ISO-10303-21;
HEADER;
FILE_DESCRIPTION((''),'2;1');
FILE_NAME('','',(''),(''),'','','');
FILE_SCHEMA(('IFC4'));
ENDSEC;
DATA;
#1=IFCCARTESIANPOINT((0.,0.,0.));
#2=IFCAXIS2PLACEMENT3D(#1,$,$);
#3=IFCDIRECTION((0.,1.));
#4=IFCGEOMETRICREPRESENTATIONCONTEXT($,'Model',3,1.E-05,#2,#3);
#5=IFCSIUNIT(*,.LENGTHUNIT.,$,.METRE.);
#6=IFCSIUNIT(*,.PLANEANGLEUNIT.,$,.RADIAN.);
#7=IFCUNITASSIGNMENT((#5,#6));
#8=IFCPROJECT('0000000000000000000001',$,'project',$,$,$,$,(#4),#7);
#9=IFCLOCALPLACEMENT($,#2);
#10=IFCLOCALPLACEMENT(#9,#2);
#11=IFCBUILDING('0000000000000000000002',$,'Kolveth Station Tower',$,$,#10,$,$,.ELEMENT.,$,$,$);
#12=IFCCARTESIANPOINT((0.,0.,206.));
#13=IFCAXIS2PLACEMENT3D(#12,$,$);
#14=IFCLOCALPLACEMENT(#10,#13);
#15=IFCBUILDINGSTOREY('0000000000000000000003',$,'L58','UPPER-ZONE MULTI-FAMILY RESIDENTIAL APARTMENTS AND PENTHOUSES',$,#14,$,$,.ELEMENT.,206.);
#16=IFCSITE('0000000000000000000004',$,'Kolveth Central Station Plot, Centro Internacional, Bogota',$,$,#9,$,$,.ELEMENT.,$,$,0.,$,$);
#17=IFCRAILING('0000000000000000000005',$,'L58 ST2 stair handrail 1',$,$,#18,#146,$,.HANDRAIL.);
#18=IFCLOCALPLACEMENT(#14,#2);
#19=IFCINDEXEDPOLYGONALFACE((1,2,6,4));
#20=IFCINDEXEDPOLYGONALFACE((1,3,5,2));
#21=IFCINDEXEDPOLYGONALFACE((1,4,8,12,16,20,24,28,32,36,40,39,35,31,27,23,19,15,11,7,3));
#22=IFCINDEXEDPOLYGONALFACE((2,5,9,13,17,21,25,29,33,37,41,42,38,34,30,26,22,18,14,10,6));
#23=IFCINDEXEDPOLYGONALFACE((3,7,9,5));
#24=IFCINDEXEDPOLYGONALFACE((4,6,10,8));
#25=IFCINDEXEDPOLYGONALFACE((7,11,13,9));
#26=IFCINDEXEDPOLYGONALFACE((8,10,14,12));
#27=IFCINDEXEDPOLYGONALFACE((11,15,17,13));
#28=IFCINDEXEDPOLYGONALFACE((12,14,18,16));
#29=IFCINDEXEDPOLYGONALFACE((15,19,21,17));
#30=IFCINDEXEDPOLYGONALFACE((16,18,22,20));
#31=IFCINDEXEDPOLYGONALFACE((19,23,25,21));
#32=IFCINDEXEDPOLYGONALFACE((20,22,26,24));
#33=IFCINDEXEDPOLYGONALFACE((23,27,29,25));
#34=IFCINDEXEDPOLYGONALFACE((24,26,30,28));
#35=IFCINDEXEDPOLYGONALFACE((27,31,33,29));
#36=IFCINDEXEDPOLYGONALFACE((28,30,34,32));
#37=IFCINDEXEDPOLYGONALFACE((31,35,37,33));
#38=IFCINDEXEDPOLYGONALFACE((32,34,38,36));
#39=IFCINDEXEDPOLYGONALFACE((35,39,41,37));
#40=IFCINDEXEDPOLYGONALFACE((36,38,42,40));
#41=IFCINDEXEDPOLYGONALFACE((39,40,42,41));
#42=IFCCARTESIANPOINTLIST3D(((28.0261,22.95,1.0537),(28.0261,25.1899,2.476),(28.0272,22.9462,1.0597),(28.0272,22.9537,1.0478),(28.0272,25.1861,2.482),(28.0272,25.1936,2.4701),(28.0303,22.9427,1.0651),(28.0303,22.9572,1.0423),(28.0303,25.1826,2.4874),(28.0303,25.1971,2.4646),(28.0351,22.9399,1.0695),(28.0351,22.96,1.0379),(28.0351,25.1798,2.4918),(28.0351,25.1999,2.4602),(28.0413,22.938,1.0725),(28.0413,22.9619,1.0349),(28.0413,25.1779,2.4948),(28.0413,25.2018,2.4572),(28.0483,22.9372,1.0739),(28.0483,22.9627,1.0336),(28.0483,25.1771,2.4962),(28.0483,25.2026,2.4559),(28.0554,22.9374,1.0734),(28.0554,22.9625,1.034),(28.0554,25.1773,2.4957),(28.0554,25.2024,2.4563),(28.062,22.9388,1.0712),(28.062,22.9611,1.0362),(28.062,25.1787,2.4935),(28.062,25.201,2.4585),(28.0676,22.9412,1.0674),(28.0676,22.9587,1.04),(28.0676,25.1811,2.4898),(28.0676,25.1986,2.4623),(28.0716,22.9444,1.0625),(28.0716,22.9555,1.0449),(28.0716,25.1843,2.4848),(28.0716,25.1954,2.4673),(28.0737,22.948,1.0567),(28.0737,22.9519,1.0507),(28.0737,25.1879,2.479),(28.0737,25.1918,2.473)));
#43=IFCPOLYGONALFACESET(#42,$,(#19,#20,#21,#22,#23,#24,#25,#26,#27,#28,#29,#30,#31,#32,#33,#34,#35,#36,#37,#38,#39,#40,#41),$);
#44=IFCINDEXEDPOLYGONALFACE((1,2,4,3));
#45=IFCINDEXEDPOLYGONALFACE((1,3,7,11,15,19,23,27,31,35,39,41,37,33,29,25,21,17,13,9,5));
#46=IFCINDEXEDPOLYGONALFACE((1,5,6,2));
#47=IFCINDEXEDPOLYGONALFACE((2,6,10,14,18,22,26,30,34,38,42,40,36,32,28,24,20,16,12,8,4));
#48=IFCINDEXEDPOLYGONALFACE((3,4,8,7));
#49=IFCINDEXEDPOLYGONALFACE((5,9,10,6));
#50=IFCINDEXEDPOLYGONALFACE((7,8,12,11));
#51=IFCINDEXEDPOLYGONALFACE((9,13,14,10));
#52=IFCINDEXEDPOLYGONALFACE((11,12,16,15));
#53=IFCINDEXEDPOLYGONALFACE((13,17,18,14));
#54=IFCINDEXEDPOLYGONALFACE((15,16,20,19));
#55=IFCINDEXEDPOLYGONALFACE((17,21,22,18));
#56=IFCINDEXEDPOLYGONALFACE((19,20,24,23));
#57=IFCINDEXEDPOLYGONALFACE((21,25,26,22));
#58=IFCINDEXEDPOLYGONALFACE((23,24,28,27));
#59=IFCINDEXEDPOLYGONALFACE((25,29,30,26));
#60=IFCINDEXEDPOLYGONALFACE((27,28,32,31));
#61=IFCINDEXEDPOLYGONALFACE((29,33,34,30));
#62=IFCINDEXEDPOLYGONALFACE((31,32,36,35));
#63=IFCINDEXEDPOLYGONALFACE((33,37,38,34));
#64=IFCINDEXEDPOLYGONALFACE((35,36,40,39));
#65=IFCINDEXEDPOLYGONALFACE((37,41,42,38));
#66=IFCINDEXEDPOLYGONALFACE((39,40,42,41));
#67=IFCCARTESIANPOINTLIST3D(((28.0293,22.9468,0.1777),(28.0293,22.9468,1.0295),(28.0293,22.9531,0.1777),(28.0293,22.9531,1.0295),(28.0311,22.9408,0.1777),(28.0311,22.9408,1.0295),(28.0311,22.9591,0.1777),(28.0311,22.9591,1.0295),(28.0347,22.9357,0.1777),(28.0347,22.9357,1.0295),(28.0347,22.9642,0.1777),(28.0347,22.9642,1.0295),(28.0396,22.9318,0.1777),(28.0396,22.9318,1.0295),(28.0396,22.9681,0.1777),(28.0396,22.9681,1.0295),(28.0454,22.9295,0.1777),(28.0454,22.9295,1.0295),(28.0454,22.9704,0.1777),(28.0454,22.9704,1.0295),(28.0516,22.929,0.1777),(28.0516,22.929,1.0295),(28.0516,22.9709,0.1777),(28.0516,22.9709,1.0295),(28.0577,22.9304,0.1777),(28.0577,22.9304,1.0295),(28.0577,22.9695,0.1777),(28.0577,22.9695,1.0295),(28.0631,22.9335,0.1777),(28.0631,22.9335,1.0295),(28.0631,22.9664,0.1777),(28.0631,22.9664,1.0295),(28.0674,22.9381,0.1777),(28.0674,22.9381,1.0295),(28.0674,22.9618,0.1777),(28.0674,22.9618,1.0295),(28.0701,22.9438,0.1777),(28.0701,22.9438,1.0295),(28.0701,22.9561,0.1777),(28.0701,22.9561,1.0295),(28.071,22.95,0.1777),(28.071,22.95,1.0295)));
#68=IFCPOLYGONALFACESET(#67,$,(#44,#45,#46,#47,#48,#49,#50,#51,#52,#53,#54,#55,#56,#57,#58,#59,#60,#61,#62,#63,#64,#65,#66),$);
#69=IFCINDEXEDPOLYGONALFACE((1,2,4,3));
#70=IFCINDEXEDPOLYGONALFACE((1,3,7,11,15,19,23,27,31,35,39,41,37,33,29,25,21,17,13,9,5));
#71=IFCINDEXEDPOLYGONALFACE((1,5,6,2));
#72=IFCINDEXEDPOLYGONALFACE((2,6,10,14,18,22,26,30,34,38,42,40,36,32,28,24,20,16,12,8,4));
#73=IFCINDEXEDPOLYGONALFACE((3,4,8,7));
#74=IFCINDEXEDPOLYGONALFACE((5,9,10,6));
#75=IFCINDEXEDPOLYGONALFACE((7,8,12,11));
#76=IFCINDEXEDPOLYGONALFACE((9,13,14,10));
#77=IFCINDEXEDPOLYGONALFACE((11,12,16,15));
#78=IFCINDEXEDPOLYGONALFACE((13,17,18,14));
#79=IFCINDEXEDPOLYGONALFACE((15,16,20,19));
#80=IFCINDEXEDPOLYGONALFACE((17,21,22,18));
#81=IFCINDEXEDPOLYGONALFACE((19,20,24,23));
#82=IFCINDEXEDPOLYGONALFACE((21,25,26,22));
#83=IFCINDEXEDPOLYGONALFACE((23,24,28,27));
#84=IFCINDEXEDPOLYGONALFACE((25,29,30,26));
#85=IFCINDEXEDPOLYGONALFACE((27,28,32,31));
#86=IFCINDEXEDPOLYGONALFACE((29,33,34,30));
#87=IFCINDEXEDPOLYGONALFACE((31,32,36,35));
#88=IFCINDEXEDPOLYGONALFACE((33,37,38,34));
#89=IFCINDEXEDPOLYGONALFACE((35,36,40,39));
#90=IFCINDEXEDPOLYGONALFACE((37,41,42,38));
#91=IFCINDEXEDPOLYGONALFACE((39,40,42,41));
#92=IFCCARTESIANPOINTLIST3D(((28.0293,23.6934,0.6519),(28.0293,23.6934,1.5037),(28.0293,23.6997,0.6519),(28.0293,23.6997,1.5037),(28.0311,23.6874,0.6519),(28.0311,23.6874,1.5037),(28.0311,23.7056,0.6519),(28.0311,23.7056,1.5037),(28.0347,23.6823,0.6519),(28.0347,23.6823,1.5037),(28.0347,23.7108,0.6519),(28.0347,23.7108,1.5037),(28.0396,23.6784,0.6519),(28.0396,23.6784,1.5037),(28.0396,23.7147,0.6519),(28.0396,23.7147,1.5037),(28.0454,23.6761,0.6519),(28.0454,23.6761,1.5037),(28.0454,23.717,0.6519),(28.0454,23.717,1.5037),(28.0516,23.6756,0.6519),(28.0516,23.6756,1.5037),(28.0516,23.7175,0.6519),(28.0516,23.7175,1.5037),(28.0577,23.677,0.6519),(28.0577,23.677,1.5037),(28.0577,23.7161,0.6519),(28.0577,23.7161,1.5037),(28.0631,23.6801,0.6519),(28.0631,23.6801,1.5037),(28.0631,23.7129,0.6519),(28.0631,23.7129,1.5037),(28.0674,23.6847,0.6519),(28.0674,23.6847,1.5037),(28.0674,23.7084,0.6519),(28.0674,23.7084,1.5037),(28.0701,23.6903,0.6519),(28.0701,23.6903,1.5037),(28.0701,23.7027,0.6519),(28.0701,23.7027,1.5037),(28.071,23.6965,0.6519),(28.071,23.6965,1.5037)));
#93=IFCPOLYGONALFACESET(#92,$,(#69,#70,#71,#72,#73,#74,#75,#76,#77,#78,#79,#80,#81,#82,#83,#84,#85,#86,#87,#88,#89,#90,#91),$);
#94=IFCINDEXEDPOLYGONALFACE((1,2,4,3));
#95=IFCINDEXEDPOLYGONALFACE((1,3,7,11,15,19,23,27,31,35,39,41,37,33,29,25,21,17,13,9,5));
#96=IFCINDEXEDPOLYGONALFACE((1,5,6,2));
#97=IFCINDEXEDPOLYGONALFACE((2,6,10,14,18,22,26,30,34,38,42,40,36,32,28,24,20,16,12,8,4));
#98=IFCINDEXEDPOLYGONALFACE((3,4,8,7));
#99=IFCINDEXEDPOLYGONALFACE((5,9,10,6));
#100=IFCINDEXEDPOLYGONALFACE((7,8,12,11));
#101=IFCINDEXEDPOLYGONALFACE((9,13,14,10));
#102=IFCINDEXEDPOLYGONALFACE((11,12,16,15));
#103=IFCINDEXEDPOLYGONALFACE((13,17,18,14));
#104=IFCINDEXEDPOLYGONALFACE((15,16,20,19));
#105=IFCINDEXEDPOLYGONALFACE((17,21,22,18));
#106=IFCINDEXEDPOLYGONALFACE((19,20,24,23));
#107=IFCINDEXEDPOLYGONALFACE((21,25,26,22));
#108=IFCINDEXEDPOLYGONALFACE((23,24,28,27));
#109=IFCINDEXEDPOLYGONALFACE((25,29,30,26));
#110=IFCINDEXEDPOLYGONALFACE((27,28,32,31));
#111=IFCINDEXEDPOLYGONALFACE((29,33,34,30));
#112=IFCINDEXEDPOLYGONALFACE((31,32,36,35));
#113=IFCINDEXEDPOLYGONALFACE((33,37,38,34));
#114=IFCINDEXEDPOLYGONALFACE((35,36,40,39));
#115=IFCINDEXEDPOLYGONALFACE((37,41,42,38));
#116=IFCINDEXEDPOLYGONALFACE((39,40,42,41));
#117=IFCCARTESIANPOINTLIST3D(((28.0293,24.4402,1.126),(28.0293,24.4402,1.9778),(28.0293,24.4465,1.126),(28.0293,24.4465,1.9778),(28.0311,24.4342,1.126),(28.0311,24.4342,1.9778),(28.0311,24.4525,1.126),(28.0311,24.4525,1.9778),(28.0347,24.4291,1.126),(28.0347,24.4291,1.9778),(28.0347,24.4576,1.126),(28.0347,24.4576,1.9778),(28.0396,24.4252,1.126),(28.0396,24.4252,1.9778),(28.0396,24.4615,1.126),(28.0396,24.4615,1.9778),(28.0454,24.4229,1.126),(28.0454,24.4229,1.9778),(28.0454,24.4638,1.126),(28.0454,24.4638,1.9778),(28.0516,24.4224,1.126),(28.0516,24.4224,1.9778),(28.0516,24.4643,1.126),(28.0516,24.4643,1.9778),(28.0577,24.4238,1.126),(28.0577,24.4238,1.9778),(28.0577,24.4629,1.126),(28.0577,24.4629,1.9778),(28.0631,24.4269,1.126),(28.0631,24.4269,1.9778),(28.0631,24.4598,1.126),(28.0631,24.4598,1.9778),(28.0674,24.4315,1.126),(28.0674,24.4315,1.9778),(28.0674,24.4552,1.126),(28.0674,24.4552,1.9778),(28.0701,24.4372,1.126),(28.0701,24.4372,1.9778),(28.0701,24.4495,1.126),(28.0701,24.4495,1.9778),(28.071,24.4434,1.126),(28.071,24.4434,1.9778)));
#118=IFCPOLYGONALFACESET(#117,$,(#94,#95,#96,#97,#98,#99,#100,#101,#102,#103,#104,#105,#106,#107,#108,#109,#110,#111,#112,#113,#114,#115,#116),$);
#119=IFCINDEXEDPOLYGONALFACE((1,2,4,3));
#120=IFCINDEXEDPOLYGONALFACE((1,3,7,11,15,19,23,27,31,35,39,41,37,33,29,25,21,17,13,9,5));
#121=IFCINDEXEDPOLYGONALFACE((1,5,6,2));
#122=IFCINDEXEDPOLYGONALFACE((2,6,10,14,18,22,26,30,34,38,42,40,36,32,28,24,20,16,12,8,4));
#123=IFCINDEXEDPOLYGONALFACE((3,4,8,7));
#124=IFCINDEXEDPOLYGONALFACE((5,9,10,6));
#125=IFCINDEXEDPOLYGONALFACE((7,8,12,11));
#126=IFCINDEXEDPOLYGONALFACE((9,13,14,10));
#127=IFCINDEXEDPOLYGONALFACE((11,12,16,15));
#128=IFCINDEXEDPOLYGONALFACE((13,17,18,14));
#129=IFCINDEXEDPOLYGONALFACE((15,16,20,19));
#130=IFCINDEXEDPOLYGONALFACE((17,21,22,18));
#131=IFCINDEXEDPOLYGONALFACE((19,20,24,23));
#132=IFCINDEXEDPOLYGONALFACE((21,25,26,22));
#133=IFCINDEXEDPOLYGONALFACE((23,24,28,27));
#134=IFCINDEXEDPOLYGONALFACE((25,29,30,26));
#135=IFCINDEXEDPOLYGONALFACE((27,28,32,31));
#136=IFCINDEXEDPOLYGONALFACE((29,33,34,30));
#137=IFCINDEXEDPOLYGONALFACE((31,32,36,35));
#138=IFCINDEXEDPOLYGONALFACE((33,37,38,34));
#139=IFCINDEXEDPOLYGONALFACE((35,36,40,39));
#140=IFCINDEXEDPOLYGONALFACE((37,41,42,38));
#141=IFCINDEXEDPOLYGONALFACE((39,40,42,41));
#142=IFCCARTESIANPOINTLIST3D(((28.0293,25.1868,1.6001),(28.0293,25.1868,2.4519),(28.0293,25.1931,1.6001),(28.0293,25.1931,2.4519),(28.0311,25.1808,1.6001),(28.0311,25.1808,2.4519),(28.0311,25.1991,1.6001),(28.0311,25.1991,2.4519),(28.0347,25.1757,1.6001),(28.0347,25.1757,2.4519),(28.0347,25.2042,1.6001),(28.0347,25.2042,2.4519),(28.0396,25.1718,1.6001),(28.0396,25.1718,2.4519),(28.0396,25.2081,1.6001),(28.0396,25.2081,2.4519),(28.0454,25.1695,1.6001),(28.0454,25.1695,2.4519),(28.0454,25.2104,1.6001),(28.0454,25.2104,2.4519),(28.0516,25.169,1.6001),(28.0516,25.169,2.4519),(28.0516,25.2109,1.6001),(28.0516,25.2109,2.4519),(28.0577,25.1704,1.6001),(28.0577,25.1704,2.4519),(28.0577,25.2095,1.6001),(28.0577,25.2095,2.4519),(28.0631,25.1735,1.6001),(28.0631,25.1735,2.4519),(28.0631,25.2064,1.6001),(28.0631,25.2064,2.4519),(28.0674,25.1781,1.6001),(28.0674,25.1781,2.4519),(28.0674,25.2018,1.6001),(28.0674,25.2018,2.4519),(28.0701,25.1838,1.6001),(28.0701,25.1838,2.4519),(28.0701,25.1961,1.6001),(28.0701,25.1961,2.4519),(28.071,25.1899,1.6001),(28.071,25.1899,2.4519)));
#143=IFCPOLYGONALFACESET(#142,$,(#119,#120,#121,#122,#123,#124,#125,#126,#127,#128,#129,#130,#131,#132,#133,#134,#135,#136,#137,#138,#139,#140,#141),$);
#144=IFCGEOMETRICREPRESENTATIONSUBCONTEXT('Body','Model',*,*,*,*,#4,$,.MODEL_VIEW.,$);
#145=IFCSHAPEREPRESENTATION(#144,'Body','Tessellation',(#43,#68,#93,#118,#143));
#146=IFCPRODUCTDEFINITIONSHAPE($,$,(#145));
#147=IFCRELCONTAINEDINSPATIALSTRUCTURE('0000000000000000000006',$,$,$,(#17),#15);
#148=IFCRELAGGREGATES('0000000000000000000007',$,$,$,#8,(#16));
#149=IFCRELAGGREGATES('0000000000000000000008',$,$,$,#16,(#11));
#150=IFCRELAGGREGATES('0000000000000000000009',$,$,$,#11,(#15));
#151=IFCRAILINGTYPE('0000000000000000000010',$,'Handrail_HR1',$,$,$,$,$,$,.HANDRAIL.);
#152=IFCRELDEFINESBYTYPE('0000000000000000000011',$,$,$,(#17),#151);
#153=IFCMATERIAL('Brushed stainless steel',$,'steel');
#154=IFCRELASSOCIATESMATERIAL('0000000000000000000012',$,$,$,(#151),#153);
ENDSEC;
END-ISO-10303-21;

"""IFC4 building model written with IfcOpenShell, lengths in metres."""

from ifc_helpers import new_model, si_unit, direction, frame, origin, origin_2d, place, context, subcontext, project, spatial, circle, extrude, material, type_object, element, save


model = new_model("IFC4")

# Units and contexts
model_context = context("Model", 3, precision=1e-05, world=origin(), true_north=direction((0.0, 1.0)))
body_context = subcontext(model_context, "Body", "Model", "MODEL_VIEW")
ifc_project = project(units=[si_unit("LENGTHUNIT", "METRE"), si_unit("PLANEANGLEUNIT", "RADIAN")], contexts=[model_context])

# Site, building, storey
site_placement = place(None, origin())
site = spatial("IfcSite", under=ifc_project, at=site_placement, Name="Kolveth Central Station Plot, Centro Internacional, Bogota", CompositionType="ELEMENT", RefElevation=0.0)
building_placement = place(site_placement, origin())
building = spatial("IfcBuilding", under=site, at=building_placement, Name="Kolveth Station Tower", CompositionType="ELEMENT")
storey_placement = place(building_placement, frame((0.0, 0.0, 206.0)))
storey = spatial("IfcBuildingStorey", under=building, at=storey_placement, Name="L58", Description="UPPER-ZONE MULTI-FAMILY RESIDENTIAL APARTMENTS AND PENTHOUSES", CompositionType="ELEMENT", Elevation=206.0)

# Railing
ifc_material_1 = material(Name="Brushed stainless steel", Category="steel")
railing_type_1 = type_object("IfcRailingType", Name="Handrail_HR1", PredefinedType="HANDRAIL", material=ifc_material_1)
railing_1_placement = place(storey_placement, frame((28.05, 22.95, 0.1777)))
element("IfcRailing", 1, at=railing_1_placement, inside=storey, type_object=railing_type_1, Name="L58 ST2 stair handrail 1", PredefinedType="HANDRAIL", context=body_context, shape_type="SweptSolid", body=[
    extrude(circle(Radius=0.0239, at=origin_2d()), frame((0.0, 0.0, 0.876), z_axis=(0.0, 0.844188, 0.536048), x_axis=(-1.0, 0.0, 0.0)), (0.0, 0.0, 1.0), 2.6533),
    extrude(circle(Radius=0.021, at=origin_2d()), origin(), (0.0, 0.0, 1.0), 0.8518),
    extrude(circle(Radius=0.021, at=origin_2d()), frame((0.0, 0.7466, 0.4741)), (0.0, 0.0, 1.0), 0.8518),
    extrude(circle(Radius=0.021, at=origin_2d()), frame((0.0, 1.4934, 0.9482)), (0.0, 0.0, 1.0), 0.8518),
    extrude(circle(Radius=0.021, at=origin_2d()), frame((0.0, 2.24, 1.4224)), (0.0, 0.0, 1.0), 0.8518),
])

save(model, "model.ifc")
